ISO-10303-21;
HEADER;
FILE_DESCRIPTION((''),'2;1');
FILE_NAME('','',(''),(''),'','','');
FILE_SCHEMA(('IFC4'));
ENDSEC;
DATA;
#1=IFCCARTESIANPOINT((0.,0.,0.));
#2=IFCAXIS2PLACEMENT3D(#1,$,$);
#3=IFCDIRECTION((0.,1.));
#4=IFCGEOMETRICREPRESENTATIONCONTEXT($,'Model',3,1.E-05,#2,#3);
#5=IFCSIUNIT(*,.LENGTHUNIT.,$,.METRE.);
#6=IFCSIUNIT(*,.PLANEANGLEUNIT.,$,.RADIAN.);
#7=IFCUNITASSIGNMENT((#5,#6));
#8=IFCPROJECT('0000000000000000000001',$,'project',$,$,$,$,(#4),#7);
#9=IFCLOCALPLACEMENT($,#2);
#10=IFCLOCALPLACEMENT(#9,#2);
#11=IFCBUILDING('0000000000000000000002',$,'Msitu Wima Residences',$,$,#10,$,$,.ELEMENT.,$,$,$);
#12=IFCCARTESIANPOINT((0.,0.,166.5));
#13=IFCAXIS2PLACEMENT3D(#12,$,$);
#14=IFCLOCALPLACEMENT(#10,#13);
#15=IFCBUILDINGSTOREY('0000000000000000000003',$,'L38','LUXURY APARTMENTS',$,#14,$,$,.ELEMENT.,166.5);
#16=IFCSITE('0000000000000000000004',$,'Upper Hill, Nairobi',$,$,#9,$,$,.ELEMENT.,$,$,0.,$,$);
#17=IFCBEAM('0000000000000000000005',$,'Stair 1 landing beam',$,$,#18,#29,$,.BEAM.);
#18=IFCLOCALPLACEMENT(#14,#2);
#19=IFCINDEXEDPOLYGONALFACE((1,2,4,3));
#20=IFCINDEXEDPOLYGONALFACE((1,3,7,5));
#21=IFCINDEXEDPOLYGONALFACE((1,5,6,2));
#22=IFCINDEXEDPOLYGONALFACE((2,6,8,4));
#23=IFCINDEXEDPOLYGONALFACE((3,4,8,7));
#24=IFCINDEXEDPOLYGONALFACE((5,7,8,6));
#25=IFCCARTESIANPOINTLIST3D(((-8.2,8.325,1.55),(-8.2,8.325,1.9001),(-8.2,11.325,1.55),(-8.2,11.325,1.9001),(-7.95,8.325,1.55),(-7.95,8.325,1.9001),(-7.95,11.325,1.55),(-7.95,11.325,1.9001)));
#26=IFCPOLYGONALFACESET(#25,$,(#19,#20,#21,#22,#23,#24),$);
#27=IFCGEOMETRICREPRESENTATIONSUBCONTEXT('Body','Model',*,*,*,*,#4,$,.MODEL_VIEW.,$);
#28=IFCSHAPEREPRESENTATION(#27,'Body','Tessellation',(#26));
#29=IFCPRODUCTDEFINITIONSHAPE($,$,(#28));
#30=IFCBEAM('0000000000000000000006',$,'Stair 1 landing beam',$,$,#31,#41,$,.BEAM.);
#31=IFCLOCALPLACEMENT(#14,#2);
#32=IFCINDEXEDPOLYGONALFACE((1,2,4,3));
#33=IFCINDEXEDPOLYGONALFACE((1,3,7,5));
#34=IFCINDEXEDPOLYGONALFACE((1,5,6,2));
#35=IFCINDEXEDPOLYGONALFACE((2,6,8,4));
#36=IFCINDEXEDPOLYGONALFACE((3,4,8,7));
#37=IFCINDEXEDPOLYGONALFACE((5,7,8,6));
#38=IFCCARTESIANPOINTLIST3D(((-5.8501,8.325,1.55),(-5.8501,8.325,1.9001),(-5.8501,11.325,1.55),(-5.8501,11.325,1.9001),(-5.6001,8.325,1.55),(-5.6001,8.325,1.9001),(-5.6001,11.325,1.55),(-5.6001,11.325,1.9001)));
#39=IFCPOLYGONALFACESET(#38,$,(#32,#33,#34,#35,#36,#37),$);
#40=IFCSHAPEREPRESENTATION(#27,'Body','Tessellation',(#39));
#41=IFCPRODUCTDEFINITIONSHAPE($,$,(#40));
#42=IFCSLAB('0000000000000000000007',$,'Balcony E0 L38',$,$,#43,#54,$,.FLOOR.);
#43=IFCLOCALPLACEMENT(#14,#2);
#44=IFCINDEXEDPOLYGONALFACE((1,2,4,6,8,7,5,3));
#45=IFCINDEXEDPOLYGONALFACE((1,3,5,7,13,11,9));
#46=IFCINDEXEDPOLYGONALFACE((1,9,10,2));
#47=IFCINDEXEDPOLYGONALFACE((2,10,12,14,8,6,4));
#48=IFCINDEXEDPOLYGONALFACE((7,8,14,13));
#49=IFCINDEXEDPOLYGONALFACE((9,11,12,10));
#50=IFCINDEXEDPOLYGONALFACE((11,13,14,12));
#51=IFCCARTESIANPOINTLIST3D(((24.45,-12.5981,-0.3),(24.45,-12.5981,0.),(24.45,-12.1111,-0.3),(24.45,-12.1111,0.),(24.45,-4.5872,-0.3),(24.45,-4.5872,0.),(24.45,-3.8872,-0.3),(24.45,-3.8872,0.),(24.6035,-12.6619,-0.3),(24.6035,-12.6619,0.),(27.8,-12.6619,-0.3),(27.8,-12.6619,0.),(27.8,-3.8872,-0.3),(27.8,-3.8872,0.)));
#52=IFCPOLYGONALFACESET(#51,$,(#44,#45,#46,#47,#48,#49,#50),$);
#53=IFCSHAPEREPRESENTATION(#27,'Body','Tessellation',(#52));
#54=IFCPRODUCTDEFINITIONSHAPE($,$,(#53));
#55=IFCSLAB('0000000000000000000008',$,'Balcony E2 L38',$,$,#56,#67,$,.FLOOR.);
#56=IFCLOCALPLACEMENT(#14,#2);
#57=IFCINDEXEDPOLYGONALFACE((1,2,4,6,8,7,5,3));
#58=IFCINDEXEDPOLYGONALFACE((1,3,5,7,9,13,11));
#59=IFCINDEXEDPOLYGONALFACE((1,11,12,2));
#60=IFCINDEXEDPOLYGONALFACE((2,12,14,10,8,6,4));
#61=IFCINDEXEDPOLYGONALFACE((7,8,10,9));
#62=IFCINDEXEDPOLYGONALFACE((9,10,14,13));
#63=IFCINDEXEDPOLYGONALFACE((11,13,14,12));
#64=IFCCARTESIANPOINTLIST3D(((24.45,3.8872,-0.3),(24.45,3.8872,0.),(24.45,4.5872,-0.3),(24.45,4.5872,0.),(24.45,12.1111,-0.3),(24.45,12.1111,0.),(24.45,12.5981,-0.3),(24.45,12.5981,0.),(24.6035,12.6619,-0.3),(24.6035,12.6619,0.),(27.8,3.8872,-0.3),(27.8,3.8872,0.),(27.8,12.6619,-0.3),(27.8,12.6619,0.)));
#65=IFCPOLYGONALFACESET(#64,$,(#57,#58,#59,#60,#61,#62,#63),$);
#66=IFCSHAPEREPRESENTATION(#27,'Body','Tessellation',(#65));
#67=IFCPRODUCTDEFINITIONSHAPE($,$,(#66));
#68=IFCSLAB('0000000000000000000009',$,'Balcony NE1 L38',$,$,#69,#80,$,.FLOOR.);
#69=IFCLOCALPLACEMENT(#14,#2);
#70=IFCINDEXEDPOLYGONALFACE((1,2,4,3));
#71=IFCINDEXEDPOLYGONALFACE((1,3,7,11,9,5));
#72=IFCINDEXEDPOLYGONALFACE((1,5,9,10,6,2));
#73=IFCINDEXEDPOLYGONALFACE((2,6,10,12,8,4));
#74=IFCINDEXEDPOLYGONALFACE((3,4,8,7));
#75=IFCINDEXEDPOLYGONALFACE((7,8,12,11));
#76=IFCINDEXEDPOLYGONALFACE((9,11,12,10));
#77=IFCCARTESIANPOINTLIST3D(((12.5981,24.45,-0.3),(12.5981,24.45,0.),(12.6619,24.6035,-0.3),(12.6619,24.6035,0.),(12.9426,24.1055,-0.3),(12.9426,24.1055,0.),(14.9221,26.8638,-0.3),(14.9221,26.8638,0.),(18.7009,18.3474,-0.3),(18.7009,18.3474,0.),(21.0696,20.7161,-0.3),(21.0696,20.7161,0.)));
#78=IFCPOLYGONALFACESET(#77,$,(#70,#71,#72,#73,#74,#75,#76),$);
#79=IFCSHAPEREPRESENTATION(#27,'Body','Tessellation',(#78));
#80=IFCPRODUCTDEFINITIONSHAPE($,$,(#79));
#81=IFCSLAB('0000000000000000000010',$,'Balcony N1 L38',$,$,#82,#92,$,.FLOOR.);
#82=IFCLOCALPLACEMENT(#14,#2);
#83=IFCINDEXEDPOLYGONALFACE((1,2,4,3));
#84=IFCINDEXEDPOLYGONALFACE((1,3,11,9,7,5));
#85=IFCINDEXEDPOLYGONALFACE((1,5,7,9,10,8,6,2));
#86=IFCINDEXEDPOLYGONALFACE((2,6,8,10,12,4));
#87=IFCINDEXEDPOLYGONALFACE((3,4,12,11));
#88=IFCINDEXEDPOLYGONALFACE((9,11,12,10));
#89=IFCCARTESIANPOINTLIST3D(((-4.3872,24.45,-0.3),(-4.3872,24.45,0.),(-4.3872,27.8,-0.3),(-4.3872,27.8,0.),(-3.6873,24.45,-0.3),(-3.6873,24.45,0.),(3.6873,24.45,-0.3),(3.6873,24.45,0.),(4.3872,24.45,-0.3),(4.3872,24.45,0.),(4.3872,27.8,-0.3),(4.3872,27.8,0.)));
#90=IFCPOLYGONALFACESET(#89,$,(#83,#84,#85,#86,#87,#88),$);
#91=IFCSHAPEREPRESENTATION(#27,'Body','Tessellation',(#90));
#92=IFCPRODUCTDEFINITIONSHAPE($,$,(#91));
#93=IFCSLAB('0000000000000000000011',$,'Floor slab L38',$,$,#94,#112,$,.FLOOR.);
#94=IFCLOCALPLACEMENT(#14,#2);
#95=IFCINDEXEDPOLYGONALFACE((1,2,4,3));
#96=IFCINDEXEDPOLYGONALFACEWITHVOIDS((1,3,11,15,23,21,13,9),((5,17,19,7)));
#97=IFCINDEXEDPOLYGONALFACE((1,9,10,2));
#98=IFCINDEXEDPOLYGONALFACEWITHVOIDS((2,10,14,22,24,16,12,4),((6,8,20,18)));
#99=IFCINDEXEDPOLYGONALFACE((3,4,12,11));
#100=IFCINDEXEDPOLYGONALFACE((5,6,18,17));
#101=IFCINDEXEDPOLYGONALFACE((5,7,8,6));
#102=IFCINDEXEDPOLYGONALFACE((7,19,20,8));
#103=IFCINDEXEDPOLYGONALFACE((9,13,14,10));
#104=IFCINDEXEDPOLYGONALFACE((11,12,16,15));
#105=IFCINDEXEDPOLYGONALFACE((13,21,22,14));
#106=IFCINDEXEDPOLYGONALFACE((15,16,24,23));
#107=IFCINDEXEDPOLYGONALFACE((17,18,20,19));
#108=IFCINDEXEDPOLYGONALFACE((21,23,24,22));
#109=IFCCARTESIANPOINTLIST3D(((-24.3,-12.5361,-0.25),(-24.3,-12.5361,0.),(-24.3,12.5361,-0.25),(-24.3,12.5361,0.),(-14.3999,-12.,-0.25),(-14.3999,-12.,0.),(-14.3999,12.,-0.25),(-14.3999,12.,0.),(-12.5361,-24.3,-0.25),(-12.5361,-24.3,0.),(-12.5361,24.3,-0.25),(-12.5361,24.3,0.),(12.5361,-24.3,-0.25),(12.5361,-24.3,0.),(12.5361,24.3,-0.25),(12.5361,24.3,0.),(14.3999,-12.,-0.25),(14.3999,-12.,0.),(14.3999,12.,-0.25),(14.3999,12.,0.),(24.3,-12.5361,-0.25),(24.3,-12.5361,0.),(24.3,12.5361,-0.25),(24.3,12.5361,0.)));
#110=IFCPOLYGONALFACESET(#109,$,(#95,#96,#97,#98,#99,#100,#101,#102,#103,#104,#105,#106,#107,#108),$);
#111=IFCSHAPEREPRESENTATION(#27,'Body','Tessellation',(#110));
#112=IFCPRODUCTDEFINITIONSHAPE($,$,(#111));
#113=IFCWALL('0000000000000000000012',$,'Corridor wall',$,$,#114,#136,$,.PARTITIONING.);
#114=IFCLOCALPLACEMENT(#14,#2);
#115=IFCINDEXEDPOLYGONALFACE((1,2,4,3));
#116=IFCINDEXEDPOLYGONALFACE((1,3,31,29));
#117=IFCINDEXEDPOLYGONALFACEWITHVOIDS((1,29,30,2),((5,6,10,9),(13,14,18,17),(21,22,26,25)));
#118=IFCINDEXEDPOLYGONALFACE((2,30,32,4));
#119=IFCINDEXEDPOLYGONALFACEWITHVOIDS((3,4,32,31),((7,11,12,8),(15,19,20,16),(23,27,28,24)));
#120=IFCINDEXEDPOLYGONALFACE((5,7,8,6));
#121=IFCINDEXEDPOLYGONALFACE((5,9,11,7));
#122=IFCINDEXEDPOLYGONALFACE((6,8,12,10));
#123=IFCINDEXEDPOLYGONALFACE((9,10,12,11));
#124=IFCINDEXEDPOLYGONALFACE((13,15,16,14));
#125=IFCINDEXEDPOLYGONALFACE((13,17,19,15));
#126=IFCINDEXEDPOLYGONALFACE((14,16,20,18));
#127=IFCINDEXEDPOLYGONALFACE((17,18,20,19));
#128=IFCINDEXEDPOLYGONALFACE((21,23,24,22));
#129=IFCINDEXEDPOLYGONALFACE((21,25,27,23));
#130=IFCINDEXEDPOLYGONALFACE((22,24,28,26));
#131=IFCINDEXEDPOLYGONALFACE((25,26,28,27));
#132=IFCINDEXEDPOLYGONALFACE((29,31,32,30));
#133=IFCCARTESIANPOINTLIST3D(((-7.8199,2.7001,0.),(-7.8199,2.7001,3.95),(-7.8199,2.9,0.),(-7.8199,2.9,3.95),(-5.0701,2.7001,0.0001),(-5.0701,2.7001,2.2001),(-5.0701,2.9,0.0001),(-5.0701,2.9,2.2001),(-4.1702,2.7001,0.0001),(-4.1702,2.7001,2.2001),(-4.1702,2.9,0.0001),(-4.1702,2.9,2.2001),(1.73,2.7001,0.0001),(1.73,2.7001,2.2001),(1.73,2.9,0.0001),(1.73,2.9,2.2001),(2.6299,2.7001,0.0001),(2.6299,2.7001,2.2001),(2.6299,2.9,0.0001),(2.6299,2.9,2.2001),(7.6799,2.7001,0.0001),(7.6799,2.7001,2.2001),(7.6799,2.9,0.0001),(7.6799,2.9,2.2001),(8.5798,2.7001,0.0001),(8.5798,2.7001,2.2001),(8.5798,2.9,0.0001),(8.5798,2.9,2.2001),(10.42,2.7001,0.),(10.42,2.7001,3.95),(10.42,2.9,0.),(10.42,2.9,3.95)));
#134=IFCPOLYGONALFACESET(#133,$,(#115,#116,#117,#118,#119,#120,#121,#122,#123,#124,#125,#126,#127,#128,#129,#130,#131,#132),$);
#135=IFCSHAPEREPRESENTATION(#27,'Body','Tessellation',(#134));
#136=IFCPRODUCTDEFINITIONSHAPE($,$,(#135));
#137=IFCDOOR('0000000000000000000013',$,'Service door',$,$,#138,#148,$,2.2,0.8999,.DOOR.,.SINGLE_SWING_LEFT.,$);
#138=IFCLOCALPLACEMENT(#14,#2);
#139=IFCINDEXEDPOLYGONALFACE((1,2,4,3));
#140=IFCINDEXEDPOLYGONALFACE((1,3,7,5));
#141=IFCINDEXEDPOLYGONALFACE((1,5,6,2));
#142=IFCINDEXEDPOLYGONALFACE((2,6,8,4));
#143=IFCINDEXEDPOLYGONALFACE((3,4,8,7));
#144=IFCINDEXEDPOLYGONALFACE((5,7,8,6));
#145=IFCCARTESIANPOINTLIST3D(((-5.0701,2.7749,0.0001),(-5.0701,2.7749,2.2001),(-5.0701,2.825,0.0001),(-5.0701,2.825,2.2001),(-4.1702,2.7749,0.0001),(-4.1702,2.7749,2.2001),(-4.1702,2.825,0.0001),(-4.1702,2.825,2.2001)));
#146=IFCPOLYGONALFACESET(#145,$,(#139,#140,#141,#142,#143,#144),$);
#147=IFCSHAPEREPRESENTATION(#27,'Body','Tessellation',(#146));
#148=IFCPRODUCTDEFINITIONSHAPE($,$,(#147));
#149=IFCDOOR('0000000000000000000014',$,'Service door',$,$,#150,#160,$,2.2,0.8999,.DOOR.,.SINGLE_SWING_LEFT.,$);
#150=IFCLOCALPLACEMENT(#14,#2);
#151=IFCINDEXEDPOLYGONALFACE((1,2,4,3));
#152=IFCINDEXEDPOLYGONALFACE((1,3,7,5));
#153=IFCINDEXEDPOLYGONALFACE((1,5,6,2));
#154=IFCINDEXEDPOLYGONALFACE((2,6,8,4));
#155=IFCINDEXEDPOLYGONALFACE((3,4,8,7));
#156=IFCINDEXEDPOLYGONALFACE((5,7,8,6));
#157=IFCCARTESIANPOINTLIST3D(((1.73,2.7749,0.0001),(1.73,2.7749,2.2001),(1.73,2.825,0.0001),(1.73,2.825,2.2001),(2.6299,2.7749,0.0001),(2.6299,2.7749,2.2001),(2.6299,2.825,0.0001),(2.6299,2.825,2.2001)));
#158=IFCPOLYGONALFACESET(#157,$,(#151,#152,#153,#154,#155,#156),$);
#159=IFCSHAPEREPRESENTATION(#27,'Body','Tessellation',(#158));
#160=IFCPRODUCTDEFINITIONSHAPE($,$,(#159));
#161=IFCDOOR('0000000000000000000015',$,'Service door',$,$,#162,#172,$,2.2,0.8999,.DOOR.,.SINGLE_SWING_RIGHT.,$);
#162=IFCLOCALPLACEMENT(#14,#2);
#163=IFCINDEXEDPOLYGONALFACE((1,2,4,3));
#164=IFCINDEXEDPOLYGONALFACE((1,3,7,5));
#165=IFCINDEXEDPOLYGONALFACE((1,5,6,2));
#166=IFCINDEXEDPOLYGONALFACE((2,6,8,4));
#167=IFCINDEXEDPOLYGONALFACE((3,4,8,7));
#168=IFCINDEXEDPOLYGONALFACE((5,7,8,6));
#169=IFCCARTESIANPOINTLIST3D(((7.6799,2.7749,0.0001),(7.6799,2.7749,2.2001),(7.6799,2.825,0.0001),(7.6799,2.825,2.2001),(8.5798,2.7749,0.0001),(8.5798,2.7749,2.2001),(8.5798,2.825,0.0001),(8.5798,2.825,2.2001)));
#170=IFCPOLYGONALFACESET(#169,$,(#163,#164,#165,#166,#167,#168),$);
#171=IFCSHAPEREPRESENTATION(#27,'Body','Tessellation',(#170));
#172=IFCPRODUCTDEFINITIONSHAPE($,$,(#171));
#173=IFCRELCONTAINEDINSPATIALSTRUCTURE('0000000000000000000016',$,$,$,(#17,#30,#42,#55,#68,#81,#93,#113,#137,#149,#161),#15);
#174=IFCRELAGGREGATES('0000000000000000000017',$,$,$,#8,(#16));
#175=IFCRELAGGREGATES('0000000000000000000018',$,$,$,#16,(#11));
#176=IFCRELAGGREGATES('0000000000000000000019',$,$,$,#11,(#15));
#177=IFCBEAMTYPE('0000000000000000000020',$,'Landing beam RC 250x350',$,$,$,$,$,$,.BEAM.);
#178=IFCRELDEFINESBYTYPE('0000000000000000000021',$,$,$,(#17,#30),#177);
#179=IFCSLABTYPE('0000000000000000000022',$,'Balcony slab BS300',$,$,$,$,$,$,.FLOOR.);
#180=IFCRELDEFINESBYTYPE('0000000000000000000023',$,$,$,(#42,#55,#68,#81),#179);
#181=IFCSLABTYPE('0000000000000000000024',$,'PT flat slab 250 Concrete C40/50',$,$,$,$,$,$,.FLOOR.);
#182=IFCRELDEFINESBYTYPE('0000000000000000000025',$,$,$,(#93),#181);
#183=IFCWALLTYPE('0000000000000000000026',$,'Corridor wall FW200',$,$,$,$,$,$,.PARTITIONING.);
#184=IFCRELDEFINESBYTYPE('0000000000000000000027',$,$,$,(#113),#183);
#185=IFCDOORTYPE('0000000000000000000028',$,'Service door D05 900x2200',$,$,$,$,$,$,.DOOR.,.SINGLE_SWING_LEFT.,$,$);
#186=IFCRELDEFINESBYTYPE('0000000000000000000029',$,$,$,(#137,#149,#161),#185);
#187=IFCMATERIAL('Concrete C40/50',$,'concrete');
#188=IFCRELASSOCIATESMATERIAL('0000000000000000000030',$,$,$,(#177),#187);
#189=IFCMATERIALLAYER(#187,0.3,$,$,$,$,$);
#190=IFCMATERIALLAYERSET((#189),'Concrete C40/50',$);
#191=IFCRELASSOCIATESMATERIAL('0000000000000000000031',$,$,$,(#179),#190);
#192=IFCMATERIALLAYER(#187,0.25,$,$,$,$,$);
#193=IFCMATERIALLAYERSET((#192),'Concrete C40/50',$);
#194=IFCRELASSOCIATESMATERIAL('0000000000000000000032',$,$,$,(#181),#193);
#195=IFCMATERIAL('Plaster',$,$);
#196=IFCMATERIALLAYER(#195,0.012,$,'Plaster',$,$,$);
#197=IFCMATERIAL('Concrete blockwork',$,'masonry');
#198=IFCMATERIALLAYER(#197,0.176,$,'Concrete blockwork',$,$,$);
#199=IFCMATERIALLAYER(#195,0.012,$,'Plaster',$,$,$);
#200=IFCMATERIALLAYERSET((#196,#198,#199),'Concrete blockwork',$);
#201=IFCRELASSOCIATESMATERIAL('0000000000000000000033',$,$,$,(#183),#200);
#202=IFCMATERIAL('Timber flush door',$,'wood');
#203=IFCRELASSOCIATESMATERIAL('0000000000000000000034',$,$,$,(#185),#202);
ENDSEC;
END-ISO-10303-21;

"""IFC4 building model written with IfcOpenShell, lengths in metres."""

from ifc_helpers import new_model, si_unit, direction, frame, frame_2d, origin, origin_2d, place, context, subcontext, project, spatial, polyline, rectangle, outline, extrude, material, layer, layer_set, material_profile, profile_set, type_object, element, fill, save


model = new_model("IFC4")

# Units and contexts
model_context = context("Model", 3, precision=1e-05, world=origin(), true_north=direction((0.0, 1.0)))
body_context = subcontext(model_context, "Body", "Model", "MODEL_VIEW")
ifc_project = project(units=[si_unit("LENGTHUNIT", "METRE"), si_unit("PLANEANGLEUNIT", "RADIAN")], contexts=[model_context])

# Site, building, storey
site_placement = place(None, origin())
site = spatial("IfcSite", under=ifc_project, at=site_placement, Name="Upper Hill, Nairobi", CompositionType="ELEMENT", RefElevation=0.0)
building_placement = place(site_placement, origin())
building = spatial("IfcBuilding", under=site, at=building_placement, Name="Msitu Wima Residences", CompositionType="ELEMENT")
storey_placement = place(building_placement, frame((0.0, 0.0, 166.5)))
storey = spatial("IfcBuildingStorey", under=building, at=storey_placement, Name="L38", Description="LUXURY APARTMENTS", CompositionType="ELEMENT", Elevation=166.5)

# Beams
ifc_material_1 = material(Name="Concrete C40/50", Category="concrete")
ifc_material_profile = material_profile(ifc_material_1, rectangle(XDim=0.25, YDim=0.3501, at=origin_2d()), Name="RC 250x350")
ifc_profile_set = profile_set([ifc_material_profile], Name="Concrete C40/50")
beam_type = type_object("IfcBeamType", Name="Landing beam RC 250x350", PredefinedType="BEAM", material=ifc_profile_set)
for number, where, z_axis, x_axis, name in (
    (1, (-8.075, 8.325, 1.7251), (0.0, 1.0, 0.0), (-1.0, 0.0, 0.0), "Stair 1 landing beam"),
    (2, (-5.7251, 8.325, 1.7251), (0.0, 1.0, 0.0), (-1.0, 0.0, 0.0), "Stair 1 landing beam"),
):
    element("IfcBeam", number, at=place(storey_placement, frame(where, z_axis=z_axis, x_axis=x_axis)), inside=storey, type_object=beam_type, Name=name, PredefinedType="BEAM", context=body_context, shape_type="SweptSolid", body=[
        extrude(rectangle(XDim=0.25, YDim=0.3501, at=origin_2d()), origin(), (0.0, 0.0, 1.0), 3.0),
    ])

# Slabs
ifc_layer_1 = layer(ifc_material_1, 0.3)
ifc_layer_set_1 = layer_set([ifc_layer_1], Name="Concrete C40/50")
slab_type_1 = type_object("IfcSlabType", Name="Balcony slab BS300", PredefinedType="FLOOR", material=ifc_layer_set_1)
slab_1_placement = place(storey_placement, frame((0.0, 0.0, -0.3)))
element("IfcSlab", 3, at=slab_1_placement, inside=storey, type_object=slab_type_1, Name="Balcony E0 L38", PredefinedType="FLOOR", context=body_context, shape_type="SweptSolid", body=[
    extrude(outline(polyline([(24.45, -12.1111), (24.45, -12.1111), (24.45, -4.5872), (24.45, -4.5872), (24.45, -3.8872), (27.8, -3.8872), (27.8, -12.6619), (24.6035, -12.6619), (24.45, -12.5981), (24.45, -12.1111), (24.45, -12.1111)])), origin(), (0.0, 0.0, 1.0), 0.3),
])
slab_2_placement = place(storey_placement, frame((0.0, 0.0, -0.3)))
element("IfcSlab", 4, at=slab_2_placement, inside=storey, type_object=slab_type_1, Name="Balcony E2 L38", PredefinedType="FLOOR", context=body_context, shape_type="SweptSolid", body=[
    extrude(outline(polyline([(24.45, 12.1111), (24.45, 12.1111), (24.45, 12.1111), (24.45, 12.5981), (24.6035, 12.6619), (27.8, 12.6619), (27.8, 3.8872), (24.45, 3.8872), (24.45, 4.5872), (24.45, 12.1111)])), origin(), (0.0, 0.0, 1.0), 0.3),
])
slab_3_placement = place(storey_placement, frame((0.0, 0.0, -0.3)))
element("IfcSlab", 5, at=slab_3_placement, inside=storey, type_object=slab_type_1, Name="Balcony NE1 L38", PredefinedType="FLOOR", context=body_context, shape_type="SweptSolid", body=[
    extrude(outline(polyline([(12.9426, 24.1055), (12.9426, 24.1055), (12.5981, 24.45), (12.6619, 24.6035), (14.9221, 26.8638), (21.0696, 20.7161), (18.7009, 18.3474), (12.9426, 24.1055), (12.9426, 24.1055)])), origin(), (0.0, 0.0, 1.0), 0.3),
])
slab_4_placement = place(storey_placement, frame((0.0, 0.0, -0.3)))
element("IfcSlab", 6, at=slab_4_placement, inside=storey, type_object=slab_type_1, Name="Balcony N1 L38", PredefinedType="FLOOR", context=body_context, shape_type="SweptSolid", body=[
    extrude(outline(polyline([(3.6873, 24.45), (-3.6873, 24.45), (-4.3872, 24.45), (-4.3872, 27.8), (4.3872, 27.8), (4.3872, 24.45), (3.6873, 24.45)])), origin(), (0.0, 0.0, 1.0), 0.3),
])
ifc_layer_2 = layer(ifc_material_1, 0.25)
ifc_layer_set_2 = layer_set([ifc_layer_2], Name="Concrete C40/50")
slab_type_2 = type_object("IfcSlabType", Name="PT flat slab 250 Concrete C40/50", PredefinedType="FLOOR", material=ifc_layer_set_2)
slab_5_placement = place(storey_placement, frame((0.0, 0.0, -0.25)))
element("IfcSlab", 7, at=slab_5_placement, inside=storey, type_object=slab_type_2, Name="Floor slab L38", PredefinedType="FLOOR", context=body_context, shape_type="SweptSolid", body=[
    extrude(outline(polyline([(24.3, -12.5361), (12.5361, -24.3), (-12.5361, -24.3), (-24.3, -12.5361), (-24.3, 12.5361), (-12.5361, 24.3), (12.5361, 24.3), (24.3, 12.5361), (24.3, -12.5361)]), holes=[polyline([(-14.3999, -12.0), (14.3999, -12.0), (14.3999, 12.0), (-14.3999, 12.0), (-14.3999, -12.0)])]), origin(), (0.0, 0.0, 1.0), 0.25),
])

# Wall, openings, doors
ifc_material_2 = material(Name="Plaster")
ifc_layer_3 = layer(ifc_material_2, 0.012, Name="Plaster")
ifc_material_3 = material(Name="Concrete blockwork", Category="masonry")
ifc_layer_4 = layer(ifc_material_3, 0.176, Name="Concrete blockwork")
ifc_layer_5 = layer(ifc_material_2, 0.012, Name="Plaster")
ifc_layer_set_3 = layer_set([ifc_layer_3, ifc_layer_4, ifc_layer_5], Name="Concrete blockwork")
wall_type_1 = type_object("IfcWallType", Name="Corridor wall FW200", PredefinedType="PARTITIONING", material=ifc_layer_set_3)
wall_1_placement = place(storey_placement, frame((-7.8201, 2.8, 0.0), z_axis=(0.0, 0.0, 1.0), x_axis=(1.0, 0.0, 0.0)))
wall_1 = element("IfcWall", 8, at=wall_1_placement, inside=storey, type_object=wall_type_1, Name="Corridor wall", PredefinedType="PARTITIONING", context=body_context, shape_type="SweptSolid", body=[
    extrude(rectangle(XDim=18.24, YDim=0.2, at=frame_2d((9.1201, 0.0))), origin(), (0.0, 0.0, 1.0), 3.95),
])
opening_1_placement = place(wall_1_placement, frame((2.75, 0.0, 0.0)))
opening_1 = element("IfcOpeningElement", 9, at=opening_1_placement, cuts=wall_1, PredefinedType="OPENING", context=body_context, shape_type="SweptSolid", body=[
    extrude(rectangle(XDim=0.8999, YDim=2.2, at=frame_2d((0.45, 1.1001))), frame((0.0, 0.1099, 0.0), z_axis=(0.0, -1.0, 0.0), x_axis=(1.0, 0.0, 0.0)), (0.0, 0.0, 1.0), 0.22),
])
opening_2_placement = place(wall_1_placement, frame((9.55, 0.0, 0.0)))
opening_2 = element("IfcOpeningElement", 10, at=opening_2_placement, cuts=wall_1, PredefinedType="OPENING", context=body_context, shape_type="SweptSolid", body=[
    extrude(rectangle(XDim=0.8999, YDim=2.2, at=frame_2d((0.45, 1.1001))), frame((0.0, 0.1099, 0.0), z_axis=(0.0, -1.0, 0.0), x_axis=(1.0, 0.0, 0.0)), (0.0, 0.0, 1.0), 0.22),
])
opening_3_placement = place(wall_1_placement, frame((15.5, 0.0, 0.0)))
opening_3 = element("IfcOpeningElement", 11, at=opening_3_placement, cuts=wall_1, PredefinedType="OPENING", context=body_context, shape_type="SweptSolid", body=[
    extrude(rectangle(XDim=0.8999, YDim=2.2, at=frame_2d((0.45, 1.1001))), frame((0.0, 0.1099, 0.0), z_axis=(0.0, -1.0, 0.0), x_axis=(1.0, 0.0, 0.0)), (0.0, 0.0, 1.0), 0.22),
])
ifc_material_4 = material(Name="Timber flush door", Category="wood")
door_type_1 = type_object("IfcDoorType", Name="Service door D05 900x2200", OperationType="SINGLE_SWING_LEFT", PredefinedType="DOOR", material=ifc_material_4)
door_1_placement = place(opening_1_placement, origin())
door_1 = element("IfcDoor", 12, at=door_1_placement, inside=storey, type_object=door_type_1, Name="Service door", OperationType="SINGLE_SWING_LEFT", OverallHeight=2.2, OverallWidth=0.8999, PredefinedType="DOOR", context=body_context, shape_type="SweptSolid", body=[
    extrude(rectangle(XDim=0.8999, YDim=2.2, at=frame_2d((0.45, 1.1001))), frame((0.0, 0.0249, 0.0), z_axis=(0.0, -1.0, 0.0), x_axis=(1.0, 0.0, 0.0)), (0.0, 0.0, 1.0), 0.05),
])
fill(opening_1, door_1)
door_2_placement = place(opening_2_placement, origin())
door_2 = element("IfcDoor", 13, at=door_2_placement, inside=storey, type_object=door_type_1, Name="Service door", OperationType="SINGLE_SWING_LEFT", OverallHeight=2.2, OverallWidth=0.8999, PredefinedType="DOOR", context=body_context, shape_type="SweptSolid", body=[
    extrude(rectangle(XDim=0.8999, YDim=2.2, at=frame_2d((0.45, 1.1001))), frame((0.0, 0.0249, 0.0), z_axis=(0.0, -1.0, 0.0), x_axis=(1.0, 0.0, 0.0)), (0.0, 0.0, 1.0), 0.05),
])
fill(opening_2, door_2)
door_3_placement = place(opening_3_placement, origin())
door_3 = element("IfcDoor", 14, at=door_3_placement, inside=storey, type_object=door_type_1, Name="Service door", OperationType="SINGLE_SWING_RIGHT", OverallHeight=2.2, OverallWidth=0.8999, PredefinedType="DOOR", context=body_context, shape_type="SweptSolid", body=[
    extrude(rectangle(XDim=0.8999, YDim=2.2, at=frame_2d((0.45, 1.1001))), frame((0.0, 0.0249, 0.0), z_axis=(0.0, -1.0, 0.0), x_axis=(1.0, 0.0, 0.0)), (0.0, 0.0, 1.0), 0.05),
])
fill(opening_3, door_3)

save(model, "model.ifc")
